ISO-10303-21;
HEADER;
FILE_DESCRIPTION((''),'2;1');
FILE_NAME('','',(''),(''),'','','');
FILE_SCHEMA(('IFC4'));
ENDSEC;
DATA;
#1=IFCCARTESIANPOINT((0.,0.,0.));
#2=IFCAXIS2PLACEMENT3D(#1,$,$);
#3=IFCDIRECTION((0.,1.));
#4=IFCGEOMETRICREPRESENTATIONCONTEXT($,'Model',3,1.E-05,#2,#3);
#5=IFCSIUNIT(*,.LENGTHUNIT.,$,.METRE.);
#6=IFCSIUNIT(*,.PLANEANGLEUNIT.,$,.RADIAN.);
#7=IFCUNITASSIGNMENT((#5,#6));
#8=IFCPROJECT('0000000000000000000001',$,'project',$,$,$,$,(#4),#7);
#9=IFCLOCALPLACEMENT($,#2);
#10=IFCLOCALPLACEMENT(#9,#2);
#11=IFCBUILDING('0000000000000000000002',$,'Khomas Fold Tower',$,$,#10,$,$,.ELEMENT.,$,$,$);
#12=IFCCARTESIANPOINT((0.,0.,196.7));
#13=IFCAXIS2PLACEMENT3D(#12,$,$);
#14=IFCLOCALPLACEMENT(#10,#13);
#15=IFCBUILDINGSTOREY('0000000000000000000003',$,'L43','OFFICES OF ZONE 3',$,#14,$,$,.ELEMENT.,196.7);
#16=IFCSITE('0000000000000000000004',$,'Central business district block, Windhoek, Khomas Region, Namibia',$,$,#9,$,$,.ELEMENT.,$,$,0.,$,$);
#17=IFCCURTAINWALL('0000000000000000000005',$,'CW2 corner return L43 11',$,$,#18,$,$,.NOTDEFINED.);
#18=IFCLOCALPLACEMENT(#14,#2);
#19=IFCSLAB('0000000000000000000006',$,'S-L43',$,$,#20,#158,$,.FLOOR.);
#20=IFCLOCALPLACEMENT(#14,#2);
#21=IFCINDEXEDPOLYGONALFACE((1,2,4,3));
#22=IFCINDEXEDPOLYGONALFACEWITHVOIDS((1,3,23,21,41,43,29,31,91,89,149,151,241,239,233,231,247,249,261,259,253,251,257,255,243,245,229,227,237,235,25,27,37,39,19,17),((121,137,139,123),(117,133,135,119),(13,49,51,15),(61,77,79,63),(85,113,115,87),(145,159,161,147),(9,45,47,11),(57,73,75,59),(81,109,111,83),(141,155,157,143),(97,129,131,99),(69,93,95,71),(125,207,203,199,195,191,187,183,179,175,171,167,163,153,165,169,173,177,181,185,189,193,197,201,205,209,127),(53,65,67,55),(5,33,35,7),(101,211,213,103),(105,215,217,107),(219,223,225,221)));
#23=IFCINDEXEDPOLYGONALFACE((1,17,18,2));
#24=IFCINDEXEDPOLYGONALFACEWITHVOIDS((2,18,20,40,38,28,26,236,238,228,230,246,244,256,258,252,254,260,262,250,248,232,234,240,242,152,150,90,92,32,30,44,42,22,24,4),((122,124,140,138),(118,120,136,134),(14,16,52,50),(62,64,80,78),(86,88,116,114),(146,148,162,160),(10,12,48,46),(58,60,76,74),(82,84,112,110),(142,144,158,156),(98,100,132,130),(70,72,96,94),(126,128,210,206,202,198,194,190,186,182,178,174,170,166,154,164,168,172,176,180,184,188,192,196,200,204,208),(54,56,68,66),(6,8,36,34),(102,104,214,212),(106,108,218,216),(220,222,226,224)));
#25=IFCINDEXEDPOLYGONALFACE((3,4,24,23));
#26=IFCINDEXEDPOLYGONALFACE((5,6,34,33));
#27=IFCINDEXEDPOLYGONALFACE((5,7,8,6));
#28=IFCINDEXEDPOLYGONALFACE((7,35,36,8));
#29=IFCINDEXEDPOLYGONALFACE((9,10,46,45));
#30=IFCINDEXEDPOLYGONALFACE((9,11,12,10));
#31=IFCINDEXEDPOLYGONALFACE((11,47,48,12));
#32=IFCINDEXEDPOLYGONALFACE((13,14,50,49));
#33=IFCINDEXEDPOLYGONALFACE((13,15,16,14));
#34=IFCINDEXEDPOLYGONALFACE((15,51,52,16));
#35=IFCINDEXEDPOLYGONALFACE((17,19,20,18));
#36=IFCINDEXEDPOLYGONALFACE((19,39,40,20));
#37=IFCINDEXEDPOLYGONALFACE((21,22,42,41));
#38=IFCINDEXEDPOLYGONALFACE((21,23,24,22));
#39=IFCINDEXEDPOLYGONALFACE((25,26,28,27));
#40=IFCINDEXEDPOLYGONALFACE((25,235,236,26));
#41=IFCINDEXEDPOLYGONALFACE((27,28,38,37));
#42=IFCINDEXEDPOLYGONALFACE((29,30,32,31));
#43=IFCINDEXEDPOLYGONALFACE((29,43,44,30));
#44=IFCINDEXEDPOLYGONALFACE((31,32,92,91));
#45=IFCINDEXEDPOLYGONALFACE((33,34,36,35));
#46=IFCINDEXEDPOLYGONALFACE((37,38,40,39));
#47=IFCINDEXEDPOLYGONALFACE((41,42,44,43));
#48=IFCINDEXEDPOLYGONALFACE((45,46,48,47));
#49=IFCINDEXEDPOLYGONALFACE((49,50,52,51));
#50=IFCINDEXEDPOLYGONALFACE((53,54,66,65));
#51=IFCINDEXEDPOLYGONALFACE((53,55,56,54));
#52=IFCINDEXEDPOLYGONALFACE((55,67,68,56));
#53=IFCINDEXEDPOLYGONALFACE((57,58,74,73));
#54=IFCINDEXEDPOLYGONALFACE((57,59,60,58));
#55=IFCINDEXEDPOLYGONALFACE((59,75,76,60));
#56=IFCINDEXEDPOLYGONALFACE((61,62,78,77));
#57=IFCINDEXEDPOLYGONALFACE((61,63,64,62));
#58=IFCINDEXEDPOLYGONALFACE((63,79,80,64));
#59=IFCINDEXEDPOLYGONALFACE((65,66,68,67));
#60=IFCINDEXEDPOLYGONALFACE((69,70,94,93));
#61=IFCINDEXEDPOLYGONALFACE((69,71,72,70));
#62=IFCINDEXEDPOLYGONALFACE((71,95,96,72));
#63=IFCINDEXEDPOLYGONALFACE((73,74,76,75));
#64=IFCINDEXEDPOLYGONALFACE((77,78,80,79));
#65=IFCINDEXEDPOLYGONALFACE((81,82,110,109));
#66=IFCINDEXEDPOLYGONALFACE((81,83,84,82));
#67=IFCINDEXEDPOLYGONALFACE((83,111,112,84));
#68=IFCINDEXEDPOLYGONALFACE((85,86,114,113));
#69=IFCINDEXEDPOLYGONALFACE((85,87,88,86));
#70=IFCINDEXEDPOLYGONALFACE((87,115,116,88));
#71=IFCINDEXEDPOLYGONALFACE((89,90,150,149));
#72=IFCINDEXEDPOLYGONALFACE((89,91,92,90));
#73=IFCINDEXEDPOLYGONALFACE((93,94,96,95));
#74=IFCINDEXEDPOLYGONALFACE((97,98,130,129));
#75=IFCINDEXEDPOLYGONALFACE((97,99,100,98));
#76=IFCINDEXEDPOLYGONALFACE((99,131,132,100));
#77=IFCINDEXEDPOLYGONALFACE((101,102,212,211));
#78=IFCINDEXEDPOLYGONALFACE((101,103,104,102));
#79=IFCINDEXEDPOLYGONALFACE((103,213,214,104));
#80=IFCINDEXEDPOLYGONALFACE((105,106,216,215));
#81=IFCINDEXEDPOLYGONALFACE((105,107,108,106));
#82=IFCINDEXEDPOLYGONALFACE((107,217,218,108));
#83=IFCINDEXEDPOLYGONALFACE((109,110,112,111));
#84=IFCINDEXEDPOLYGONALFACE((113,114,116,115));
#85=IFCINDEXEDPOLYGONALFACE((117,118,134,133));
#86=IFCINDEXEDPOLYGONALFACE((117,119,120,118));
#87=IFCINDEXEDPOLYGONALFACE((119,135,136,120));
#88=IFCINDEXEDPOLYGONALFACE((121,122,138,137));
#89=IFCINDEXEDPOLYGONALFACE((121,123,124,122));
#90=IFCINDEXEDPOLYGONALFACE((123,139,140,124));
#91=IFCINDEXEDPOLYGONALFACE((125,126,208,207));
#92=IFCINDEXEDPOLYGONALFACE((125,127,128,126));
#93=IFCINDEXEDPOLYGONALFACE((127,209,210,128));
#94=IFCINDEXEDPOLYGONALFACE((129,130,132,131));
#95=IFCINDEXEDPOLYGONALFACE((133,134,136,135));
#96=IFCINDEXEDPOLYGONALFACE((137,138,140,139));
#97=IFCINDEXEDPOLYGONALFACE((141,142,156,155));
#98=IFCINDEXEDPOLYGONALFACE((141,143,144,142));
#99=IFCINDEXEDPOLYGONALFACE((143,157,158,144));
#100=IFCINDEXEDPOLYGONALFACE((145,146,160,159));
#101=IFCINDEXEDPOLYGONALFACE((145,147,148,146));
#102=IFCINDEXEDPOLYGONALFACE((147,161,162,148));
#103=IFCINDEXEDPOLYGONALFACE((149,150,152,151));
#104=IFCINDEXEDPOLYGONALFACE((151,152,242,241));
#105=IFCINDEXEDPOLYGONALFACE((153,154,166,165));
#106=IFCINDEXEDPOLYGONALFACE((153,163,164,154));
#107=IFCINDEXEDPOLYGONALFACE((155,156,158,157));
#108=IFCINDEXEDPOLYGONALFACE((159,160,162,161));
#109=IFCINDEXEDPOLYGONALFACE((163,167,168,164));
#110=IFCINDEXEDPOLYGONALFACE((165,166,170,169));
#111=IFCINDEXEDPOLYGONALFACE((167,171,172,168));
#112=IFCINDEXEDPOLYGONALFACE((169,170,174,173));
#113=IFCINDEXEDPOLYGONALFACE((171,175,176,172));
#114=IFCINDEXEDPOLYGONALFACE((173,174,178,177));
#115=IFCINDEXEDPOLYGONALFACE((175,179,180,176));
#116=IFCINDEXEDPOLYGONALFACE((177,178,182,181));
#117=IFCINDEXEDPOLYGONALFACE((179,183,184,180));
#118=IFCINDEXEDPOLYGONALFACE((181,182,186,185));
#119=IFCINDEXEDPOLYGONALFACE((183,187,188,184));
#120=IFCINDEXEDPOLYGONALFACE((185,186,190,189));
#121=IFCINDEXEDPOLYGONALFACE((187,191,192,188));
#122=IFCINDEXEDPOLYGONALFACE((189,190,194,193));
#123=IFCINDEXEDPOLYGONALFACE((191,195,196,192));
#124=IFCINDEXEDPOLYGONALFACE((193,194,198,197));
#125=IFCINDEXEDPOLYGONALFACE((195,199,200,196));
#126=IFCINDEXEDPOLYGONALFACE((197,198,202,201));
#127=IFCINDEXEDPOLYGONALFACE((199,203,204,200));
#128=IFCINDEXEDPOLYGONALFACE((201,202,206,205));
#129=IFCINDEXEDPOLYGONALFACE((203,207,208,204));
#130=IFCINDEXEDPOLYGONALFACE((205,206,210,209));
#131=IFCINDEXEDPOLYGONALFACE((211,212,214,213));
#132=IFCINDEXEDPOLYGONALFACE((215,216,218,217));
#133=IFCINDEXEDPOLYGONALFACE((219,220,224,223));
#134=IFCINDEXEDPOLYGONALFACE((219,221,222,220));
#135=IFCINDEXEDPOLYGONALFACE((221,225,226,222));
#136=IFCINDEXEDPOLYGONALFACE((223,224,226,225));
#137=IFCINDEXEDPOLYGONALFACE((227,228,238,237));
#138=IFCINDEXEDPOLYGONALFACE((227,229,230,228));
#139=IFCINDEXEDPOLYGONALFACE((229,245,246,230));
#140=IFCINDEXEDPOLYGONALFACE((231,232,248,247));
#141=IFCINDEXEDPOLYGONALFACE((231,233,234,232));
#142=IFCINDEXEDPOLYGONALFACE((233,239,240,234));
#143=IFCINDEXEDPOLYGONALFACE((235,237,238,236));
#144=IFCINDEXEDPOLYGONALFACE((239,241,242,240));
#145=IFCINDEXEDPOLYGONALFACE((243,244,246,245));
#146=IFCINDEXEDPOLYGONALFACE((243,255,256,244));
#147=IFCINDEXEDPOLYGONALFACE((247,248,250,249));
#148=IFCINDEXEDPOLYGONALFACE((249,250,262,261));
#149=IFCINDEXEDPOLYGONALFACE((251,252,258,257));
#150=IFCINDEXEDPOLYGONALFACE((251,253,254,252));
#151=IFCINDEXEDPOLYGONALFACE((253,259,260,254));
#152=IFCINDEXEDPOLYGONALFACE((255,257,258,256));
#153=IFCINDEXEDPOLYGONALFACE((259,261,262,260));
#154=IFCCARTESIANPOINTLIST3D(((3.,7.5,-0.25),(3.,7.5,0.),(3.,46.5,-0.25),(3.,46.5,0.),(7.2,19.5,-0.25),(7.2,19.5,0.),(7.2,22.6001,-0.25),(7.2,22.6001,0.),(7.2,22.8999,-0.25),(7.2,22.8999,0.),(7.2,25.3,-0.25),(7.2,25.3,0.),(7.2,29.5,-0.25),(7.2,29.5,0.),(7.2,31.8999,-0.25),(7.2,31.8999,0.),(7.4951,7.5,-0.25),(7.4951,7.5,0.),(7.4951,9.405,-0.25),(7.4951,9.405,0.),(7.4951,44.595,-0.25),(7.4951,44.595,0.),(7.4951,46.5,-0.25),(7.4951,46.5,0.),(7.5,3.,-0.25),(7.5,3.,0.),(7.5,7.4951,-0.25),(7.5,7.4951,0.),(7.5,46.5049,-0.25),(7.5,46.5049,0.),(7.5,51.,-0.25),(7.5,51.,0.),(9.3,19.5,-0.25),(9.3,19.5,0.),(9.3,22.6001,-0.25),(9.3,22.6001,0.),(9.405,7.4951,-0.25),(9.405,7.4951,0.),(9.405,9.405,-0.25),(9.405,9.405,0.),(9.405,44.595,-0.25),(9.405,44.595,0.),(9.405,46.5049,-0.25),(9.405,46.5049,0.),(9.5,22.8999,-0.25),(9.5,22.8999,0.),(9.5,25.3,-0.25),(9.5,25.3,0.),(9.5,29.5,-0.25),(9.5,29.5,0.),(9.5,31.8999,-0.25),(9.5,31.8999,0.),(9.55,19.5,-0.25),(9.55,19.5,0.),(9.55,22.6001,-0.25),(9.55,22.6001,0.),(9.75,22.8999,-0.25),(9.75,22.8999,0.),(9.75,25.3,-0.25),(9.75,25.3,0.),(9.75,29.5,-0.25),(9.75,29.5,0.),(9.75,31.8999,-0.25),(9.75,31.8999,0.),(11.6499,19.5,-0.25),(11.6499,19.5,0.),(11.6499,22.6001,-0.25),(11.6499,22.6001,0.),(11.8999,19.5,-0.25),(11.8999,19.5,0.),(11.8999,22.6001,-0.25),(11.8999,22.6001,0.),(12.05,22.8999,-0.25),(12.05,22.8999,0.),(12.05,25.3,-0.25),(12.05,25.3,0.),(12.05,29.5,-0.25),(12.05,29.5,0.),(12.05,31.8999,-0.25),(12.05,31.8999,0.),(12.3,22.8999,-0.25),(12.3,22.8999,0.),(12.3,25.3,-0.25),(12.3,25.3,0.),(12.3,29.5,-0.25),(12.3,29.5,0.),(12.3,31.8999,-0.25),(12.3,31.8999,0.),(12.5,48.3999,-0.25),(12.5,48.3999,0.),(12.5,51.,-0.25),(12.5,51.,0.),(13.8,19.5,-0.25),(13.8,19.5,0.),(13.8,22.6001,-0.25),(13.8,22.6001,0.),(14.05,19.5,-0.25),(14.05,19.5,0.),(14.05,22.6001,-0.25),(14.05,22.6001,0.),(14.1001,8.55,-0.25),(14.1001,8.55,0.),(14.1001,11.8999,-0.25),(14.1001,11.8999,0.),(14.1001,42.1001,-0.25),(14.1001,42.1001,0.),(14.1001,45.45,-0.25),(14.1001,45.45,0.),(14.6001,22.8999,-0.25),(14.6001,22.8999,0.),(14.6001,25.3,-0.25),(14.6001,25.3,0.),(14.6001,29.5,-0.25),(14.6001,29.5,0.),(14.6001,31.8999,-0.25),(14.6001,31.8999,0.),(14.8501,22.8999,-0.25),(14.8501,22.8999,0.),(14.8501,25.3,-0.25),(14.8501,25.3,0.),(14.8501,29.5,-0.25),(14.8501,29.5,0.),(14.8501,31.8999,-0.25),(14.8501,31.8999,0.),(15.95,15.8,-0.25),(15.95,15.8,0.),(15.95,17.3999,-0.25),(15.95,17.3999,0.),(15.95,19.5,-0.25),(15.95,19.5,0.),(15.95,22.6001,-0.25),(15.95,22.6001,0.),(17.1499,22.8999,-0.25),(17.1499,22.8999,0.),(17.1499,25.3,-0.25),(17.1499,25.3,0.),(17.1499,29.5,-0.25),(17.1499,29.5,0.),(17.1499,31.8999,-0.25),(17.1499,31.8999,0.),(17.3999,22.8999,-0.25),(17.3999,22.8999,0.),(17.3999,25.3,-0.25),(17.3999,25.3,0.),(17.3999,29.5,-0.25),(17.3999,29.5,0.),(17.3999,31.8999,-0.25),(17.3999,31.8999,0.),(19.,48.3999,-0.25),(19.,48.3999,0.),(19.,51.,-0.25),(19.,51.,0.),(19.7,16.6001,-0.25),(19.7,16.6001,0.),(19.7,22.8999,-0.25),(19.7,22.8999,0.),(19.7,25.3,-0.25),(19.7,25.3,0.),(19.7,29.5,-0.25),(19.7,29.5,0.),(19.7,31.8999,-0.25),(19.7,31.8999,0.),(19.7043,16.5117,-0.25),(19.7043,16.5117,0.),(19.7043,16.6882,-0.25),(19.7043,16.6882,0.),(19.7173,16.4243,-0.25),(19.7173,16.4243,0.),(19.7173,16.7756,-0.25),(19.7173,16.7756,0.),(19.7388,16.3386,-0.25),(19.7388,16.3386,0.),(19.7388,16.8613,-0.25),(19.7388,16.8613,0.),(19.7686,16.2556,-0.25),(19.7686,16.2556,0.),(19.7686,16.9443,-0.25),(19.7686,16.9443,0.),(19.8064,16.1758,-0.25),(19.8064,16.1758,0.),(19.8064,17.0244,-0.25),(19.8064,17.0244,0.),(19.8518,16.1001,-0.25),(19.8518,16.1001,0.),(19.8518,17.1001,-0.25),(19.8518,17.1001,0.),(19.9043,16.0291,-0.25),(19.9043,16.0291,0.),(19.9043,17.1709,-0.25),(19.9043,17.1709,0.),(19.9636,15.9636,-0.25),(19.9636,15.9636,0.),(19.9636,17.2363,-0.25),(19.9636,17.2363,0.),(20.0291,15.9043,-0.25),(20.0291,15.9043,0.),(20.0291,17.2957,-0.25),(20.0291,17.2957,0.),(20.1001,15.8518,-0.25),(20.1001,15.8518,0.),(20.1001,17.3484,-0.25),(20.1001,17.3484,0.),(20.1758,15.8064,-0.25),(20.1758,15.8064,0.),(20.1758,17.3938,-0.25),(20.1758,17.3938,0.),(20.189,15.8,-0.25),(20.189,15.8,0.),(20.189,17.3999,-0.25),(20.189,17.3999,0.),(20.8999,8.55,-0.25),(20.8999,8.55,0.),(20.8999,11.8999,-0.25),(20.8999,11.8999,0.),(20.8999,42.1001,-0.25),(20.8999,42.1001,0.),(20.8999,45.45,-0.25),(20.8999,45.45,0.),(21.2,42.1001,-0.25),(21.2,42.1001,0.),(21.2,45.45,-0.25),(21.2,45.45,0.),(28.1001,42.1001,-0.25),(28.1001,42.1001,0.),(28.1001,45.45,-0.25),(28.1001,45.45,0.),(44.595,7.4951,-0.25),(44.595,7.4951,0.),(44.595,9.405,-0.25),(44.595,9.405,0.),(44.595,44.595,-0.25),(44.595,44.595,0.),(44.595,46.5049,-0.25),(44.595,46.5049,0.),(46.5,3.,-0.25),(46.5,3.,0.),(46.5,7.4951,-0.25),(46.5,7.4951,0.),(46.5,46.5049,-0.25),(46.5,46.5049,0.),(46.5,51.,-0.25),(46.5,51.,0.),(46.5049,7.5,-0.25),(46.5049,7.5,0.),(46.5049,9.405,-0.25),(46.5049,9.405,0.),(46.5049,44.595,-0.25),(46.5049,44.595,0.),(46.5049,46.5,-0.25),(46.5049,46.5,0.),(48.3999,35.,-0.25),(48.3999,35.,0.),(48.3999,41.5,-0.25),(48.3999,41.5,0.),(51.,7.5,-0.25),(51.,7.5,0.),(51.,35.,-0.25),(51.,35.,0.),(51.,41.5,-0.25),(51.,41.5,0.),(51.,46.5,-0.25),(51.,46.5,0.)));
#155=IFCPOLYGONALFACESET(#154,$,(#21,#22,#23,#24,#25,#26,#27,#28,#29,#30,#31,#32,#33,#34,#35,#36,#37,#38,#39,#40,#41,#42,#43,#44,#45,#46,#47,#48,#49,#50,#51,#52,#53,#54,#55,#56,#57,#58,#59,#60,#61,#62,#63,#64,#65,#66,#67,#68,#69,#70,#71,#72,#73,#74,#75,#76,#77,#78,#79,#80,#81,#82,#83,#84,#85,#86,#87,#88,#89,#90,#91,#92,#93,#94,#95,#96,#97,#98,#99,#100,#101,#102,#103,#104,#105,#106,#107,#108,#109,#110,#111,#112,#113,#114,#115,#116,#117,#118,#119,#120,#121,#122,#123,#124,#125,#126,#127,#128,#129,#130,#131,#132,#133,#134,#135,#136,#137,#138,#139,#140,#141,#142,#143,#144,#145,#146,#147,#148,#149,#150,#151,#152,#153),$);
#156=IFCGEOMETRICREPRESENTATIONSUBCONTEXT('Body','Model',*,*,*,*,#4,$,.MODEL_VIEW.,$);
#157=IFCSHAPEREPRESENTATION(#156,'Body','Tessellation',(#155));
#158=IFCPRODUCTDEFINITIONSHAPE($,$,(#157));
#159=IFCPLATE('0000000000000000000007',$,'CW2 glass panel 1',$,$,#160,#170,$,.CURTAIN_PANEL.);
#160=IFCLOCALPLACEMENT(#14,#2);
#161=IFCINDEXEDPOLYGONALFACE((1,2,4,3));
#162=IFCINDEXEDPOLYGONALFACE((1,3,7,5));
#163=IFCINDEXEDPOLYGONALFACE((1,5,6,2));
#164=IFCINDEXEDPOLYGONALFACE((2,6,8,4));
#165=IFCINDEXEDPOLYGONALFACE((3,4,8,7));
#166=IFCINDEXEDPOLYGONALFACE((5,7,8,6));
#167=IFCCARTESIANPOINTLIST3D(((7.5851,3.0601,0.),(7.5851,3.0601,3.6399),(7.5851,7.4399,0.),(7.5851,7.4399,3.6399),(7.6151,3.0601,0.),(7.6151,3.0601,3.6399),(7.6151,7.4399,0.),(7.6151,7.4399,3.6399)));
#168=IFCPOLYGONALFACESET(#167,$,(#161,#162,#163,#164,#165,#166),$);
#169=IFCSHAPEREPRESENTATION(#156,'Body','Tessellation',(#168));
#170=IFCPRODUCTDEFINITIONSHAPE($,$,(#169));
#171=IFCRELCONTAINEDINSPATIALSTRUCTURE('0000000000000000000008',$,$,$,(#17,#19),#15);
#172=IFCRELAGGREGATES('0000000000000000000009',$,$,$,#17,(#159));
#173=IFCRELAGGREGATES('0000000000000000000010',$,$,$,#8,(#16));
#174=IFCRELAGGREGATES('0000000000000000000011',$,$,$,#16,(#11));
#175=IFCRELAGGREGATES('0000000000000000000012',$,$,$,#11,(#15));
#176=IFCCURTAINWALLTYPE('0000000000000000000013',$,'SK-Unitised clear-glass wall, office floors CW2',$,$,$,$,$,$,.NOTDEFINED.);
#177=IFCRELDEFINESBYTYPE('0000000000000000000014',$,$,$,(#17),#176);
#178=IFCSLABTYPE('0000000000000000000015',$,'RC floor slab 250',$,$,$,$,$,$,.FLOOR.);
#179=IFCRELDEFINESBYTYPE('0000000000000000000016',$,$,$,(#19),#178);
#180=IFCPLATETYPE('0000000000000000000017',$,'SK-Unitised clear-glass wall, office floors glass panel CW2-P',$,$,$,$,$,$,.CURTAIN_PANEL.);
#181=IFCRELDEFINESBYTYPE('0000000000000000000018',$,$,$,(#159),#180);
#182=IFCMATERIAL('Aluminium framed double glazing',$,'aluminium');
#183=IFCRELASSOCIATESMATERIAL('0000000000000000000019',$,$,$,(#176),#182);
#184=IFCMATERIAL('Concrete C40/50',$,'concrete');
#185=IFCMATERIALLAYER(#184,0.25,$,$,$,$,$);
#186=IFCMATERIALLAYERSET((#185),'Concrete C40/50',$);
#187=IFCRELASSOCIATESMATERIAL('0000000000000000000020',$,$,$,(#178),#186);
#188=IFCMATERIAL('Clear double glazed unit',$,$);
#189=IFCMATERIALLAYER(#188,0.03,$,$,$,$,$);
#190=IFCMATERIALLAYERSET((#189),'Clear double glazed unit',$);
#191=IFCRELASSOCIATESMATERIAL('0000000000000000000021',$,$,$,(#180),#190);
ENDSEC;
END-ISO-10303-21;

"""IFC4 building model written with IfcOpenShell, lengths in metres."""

from ifc_helpers import new_model, si_unit, direction, frame, origin, origin_2d, place, context, subcontext, project, spatial, polyline, rectangle, outline, extrude, source, transform, mapped, material, layer, layer_set, type_object, element, aggregate, save


model = new_model("IFC4")

# Units and contexts
model_context = context("Model", 3, precision=1e-05, world=origin(), true_north=direction((0.0, 1.0)))
body_context = subcontext(model_context, "Body", "Model", "MODEL_VIEW")
ifc_project = project(units=[si_unit("LENGTHUNIT", "METRE"), si_unit("PLANEANGLEUNIT", "RADIAN")], contexts=[model_context])

# Site, building, storey
site_placement = place(None, origin())
site = spatial("IfcSite", under=ifc_project, at=site_placement, Name="Central business district block, Windhoek, Khomas Region, Namibia", CompositionType="ELEMENT", RefElevation=0.0)
building_placement = place(site_placement, origin())
building = spatial("IfcBuilding", under=site, at=building_placement, Name="Khomas Fold Tower", CompositionType="ELEMENT")
storey_placement = place(building_placement, frame((0.0, 0.0, 196.7)))
storey = spatial("IfcBuildingStorey", under=building, at=storey_placement, Name="L43", Description="OFFICES OF ZONE 3", CompositionType="ELEMENT", Elevation=196.7)

# Shared definitions
ifc_material_1 = material(Name="Aluminium framed double glazing", Category="aluminium")
curtain_wall_type = type_object("IfcCurtainWallType", Name="SK-Unitised clear-glass wall, office floors CW2", PredefinedType="NOTDEFINED", material=ifc_material_1)

# Curtain wall
curtain_wall_1_placement = place(storey_placement, origin())
curtain_wall_1 = element("IfcCurtainWall", 1, at=curtain_wall_1_placement, inside=storey, type_object=curtain_wall_type, Name="CW2 corner return L43 11", PredefinedType="NOTDEFINED")

# Slab
ifc_material_2 = material(Name="Concrete C40/50", Category="concrete")
ifc_layer_1 = layer(ifc_material_2, 0.25)
ifc_layer_set_1 = layer_set([ifc_layer_1], Name="Concrete C40/50")
slab_type_1 = type_object("IfcSlabType", Name="RC floor slab 250", PredefinedType="FLOOR", material=ifc_layer_set_1)
shared_shape_1 = source(origin(), body_context, "Body", "SweptSolid", [
    extrude(outline(polyline([(3.0, 7.5), (7.4951, 7.5), (7.4951, 9.405), (9.405, 9.405), (9.405, 7.4951), (7.5, 7.4951), (7.5, 3.0), (46.5, 3.0), (46.5, 7.4951), (44.595, 7.4951), (44.595, 9.405), (46.5049, 9.405), (46.5049, 7.5), (51.0, 7.5), (51.0, 35.0), (48.3999, 35.0), (48.3999, 41.5), (51.0, 41.5), (51.0, 46.5), (46.5049, 46.5), (46.5049, 44.595), (44.595, 44.595), (44.595, 46.5049), (46.5, 46.5049), (46.5, 51.0), (19.0, 51.0), (19.0, 48.3999), (12.5, 48.3999), (12.5, 51.0), (7.5, 51.0), (7.5, 46.5049), (9.405, 46.5049), (9.405, 44.595), (7.4951, 44.595), (7.4951, 46.5), (3.0, 46.5), (3.0, 7.5)]), holes=[polyline([(7.2, 19.5), (7.2, 22.6001), (9.3, 22.6001), (9.3, 19.5), (7.2, 19.5)]), polyline([(7.2, 22.8999), (7.2, 25.3), (9.5, 25.3), (9.5, 22.8999), (7.2, 22.8999)]), polyline([(7.2, 29.5), (7.2, 31.8999), (9.5, 31.8999), (9.5, 29.5), (7.2, 29.5)]), polyline([(9.55, 19.5), (9.55, 22.6001), (11.6499, 22.6001), (11.6499, 19.5), (9.55, 19.5)]), polyline([(9.75, 22.8999), (9.75, 25.3), (12.05, 25.3), (12.05, 22.8999), (9.75, 22.8999)]), polyline([(9.75, 29.5), (9.75, 31.8999), (12.05, 31.8999), (12.05, 29.5), (9.75, 29.5)]), polyline([(11.8999, 19.5), (11.8999, 22.6001), (13.8, 22.6001), (13.8, 19.5), (11.8999, 19.5)]), polyline([(12.3, 22.8999), (12.3, 25.3), (14.6001, 25.3), (14.6001, 22.8999), (12.3, 22.8999)]), polyline([(12.3, 29.5), (12.3, 31.8999), (14.6001, 31.8999), (14.6001, 29.5), (12.3, 29.5)]), polyline([(14.05, 19.5), (14.05, 22.6001), (15.95, 22.6001), (15.95, 19.5), (14.05, 19.5)]), polyline([(14.1001, 8.55), (14.1001, 11.8999), (20.8999, 11.8999), (20.8999, 8.55), (14.1001, 8.55)]), polyline([(14.1001, 42.1001), (14.1001, 45.45), (20.8999, 45.45), (20.8999, 42.1001), (14.1001, 42.1001)]), polyline([(14.8501, 22.8999), (14.8501, 25.3), (17.1499, 25.3), (17.1499, 22.8999), (14.8501, 22.8999)]), polyline([(14.8501, 29.5), (14.8501, 31.8999), (17.1499, 31.8999), (17.1499, 29.5), (14.8501, 29.5)]), polyline([(15.95, 15.8), (15.95, 17.3999), (20.189, 17.3999), (20.1758, 17.3938), (20.1001, 17.3484), (20.0291, 17.2957), (19.9636, 17.2363), (19.9043, 17.1709), (19.8518, 17.1001), (19.8064, 17.0244), (19.7686, 16.9443), (19.7388, 16.8613), (19.7173, 16.7756), (19.7043, 16.6882), (19.7, 16.6001), (19.7043, 16.5117), (19.7173, 16.4243), (19.7388, 16.3386), (19.7686, 16.2556), (19.8064, 16.1758), (19.8518, 16.1001), (19.9043, 16.0291), (19.9636, 15.9636), (20.0291, 15.9043), (20.1001, 15.8518), (20.1758, 15.8064), (20.189, 15.8), (15.95, 15.8)]), polyline([(17.3999, 22.8999), (17.3999, 25.3), (19.7, 25.3), (19.7, 22.8999), (17.3999, 22.8999)]), polyline([(17.3999, 29.5), (17.3999, 31.8999), (19.7, 31.8999), (19.7, 29.5), (17.3999, 29.5)]), polyline([(21.2, 42.1001), (21.2, 45.45), (28.1001, 45.45), (28.1001, 42.1001), (21.2, 42.1001)])]), origin(), (0.0, 0.0, 1.0), 0.25),
])
slab_1_placement = place(storey_placement, frame((0.0, 0.0, -0.25)))
element("IfcSlab", 2, at=slab_1_placement, inside=storey, type_object=slab_type_1, Name="S-L43", PredefinedType="FLOOR", context=body_context, shape_type="MappedRepresentation", body=[
    mapped(shared_shape_1, transform((0.0, 0.0, 0.0))),
])

# Plate
ifc_material_3 = material(Name="Clear double glazed unit")
ifc_layer_2 = layer(ifc_material_3, 0.03)
ifc_layer_set_2 = layer_set([ifc_layer_2], Name="Clear double glazed unit")
plate_type = type_object("IfcPlateType", Name="SK-Unitised clear-glass wall, office floors glass panel CW2-P", PredefinedType="CURTAIN_PANEL", material=ifc_layer_set_2)
shared_shape_2 = source(origin(), body_context, "Body", "SweptSolid", [
    extrude(rectangle(XDim=4.3799, YDim=0.03, at=origin_2d()), origin(), (0.0, 0.0, 1.0), 3.6399),
])
plate_1_placement = place(storey_placement, frame((7.6001, 5.25, 0.0), z_axis=(0.0, 0.0, 1.0), x_axis=(0.0, -1.0, 0.0)))
plate_1 = element("IfcPlate", 3, at=plate_1_placement, type_object=plate_type, Name="CW2 glass panel 1", PredefinedType="CURTAIN_PANEL", context=body_context, shape_type="MappedRepresentation", body=[
    mapped(shared_shape_2, transform((0.0, 0.0, 0.0))),
])
aggregate(curtain_wall_1, [plate_1])

save(model, "model.ifc")
